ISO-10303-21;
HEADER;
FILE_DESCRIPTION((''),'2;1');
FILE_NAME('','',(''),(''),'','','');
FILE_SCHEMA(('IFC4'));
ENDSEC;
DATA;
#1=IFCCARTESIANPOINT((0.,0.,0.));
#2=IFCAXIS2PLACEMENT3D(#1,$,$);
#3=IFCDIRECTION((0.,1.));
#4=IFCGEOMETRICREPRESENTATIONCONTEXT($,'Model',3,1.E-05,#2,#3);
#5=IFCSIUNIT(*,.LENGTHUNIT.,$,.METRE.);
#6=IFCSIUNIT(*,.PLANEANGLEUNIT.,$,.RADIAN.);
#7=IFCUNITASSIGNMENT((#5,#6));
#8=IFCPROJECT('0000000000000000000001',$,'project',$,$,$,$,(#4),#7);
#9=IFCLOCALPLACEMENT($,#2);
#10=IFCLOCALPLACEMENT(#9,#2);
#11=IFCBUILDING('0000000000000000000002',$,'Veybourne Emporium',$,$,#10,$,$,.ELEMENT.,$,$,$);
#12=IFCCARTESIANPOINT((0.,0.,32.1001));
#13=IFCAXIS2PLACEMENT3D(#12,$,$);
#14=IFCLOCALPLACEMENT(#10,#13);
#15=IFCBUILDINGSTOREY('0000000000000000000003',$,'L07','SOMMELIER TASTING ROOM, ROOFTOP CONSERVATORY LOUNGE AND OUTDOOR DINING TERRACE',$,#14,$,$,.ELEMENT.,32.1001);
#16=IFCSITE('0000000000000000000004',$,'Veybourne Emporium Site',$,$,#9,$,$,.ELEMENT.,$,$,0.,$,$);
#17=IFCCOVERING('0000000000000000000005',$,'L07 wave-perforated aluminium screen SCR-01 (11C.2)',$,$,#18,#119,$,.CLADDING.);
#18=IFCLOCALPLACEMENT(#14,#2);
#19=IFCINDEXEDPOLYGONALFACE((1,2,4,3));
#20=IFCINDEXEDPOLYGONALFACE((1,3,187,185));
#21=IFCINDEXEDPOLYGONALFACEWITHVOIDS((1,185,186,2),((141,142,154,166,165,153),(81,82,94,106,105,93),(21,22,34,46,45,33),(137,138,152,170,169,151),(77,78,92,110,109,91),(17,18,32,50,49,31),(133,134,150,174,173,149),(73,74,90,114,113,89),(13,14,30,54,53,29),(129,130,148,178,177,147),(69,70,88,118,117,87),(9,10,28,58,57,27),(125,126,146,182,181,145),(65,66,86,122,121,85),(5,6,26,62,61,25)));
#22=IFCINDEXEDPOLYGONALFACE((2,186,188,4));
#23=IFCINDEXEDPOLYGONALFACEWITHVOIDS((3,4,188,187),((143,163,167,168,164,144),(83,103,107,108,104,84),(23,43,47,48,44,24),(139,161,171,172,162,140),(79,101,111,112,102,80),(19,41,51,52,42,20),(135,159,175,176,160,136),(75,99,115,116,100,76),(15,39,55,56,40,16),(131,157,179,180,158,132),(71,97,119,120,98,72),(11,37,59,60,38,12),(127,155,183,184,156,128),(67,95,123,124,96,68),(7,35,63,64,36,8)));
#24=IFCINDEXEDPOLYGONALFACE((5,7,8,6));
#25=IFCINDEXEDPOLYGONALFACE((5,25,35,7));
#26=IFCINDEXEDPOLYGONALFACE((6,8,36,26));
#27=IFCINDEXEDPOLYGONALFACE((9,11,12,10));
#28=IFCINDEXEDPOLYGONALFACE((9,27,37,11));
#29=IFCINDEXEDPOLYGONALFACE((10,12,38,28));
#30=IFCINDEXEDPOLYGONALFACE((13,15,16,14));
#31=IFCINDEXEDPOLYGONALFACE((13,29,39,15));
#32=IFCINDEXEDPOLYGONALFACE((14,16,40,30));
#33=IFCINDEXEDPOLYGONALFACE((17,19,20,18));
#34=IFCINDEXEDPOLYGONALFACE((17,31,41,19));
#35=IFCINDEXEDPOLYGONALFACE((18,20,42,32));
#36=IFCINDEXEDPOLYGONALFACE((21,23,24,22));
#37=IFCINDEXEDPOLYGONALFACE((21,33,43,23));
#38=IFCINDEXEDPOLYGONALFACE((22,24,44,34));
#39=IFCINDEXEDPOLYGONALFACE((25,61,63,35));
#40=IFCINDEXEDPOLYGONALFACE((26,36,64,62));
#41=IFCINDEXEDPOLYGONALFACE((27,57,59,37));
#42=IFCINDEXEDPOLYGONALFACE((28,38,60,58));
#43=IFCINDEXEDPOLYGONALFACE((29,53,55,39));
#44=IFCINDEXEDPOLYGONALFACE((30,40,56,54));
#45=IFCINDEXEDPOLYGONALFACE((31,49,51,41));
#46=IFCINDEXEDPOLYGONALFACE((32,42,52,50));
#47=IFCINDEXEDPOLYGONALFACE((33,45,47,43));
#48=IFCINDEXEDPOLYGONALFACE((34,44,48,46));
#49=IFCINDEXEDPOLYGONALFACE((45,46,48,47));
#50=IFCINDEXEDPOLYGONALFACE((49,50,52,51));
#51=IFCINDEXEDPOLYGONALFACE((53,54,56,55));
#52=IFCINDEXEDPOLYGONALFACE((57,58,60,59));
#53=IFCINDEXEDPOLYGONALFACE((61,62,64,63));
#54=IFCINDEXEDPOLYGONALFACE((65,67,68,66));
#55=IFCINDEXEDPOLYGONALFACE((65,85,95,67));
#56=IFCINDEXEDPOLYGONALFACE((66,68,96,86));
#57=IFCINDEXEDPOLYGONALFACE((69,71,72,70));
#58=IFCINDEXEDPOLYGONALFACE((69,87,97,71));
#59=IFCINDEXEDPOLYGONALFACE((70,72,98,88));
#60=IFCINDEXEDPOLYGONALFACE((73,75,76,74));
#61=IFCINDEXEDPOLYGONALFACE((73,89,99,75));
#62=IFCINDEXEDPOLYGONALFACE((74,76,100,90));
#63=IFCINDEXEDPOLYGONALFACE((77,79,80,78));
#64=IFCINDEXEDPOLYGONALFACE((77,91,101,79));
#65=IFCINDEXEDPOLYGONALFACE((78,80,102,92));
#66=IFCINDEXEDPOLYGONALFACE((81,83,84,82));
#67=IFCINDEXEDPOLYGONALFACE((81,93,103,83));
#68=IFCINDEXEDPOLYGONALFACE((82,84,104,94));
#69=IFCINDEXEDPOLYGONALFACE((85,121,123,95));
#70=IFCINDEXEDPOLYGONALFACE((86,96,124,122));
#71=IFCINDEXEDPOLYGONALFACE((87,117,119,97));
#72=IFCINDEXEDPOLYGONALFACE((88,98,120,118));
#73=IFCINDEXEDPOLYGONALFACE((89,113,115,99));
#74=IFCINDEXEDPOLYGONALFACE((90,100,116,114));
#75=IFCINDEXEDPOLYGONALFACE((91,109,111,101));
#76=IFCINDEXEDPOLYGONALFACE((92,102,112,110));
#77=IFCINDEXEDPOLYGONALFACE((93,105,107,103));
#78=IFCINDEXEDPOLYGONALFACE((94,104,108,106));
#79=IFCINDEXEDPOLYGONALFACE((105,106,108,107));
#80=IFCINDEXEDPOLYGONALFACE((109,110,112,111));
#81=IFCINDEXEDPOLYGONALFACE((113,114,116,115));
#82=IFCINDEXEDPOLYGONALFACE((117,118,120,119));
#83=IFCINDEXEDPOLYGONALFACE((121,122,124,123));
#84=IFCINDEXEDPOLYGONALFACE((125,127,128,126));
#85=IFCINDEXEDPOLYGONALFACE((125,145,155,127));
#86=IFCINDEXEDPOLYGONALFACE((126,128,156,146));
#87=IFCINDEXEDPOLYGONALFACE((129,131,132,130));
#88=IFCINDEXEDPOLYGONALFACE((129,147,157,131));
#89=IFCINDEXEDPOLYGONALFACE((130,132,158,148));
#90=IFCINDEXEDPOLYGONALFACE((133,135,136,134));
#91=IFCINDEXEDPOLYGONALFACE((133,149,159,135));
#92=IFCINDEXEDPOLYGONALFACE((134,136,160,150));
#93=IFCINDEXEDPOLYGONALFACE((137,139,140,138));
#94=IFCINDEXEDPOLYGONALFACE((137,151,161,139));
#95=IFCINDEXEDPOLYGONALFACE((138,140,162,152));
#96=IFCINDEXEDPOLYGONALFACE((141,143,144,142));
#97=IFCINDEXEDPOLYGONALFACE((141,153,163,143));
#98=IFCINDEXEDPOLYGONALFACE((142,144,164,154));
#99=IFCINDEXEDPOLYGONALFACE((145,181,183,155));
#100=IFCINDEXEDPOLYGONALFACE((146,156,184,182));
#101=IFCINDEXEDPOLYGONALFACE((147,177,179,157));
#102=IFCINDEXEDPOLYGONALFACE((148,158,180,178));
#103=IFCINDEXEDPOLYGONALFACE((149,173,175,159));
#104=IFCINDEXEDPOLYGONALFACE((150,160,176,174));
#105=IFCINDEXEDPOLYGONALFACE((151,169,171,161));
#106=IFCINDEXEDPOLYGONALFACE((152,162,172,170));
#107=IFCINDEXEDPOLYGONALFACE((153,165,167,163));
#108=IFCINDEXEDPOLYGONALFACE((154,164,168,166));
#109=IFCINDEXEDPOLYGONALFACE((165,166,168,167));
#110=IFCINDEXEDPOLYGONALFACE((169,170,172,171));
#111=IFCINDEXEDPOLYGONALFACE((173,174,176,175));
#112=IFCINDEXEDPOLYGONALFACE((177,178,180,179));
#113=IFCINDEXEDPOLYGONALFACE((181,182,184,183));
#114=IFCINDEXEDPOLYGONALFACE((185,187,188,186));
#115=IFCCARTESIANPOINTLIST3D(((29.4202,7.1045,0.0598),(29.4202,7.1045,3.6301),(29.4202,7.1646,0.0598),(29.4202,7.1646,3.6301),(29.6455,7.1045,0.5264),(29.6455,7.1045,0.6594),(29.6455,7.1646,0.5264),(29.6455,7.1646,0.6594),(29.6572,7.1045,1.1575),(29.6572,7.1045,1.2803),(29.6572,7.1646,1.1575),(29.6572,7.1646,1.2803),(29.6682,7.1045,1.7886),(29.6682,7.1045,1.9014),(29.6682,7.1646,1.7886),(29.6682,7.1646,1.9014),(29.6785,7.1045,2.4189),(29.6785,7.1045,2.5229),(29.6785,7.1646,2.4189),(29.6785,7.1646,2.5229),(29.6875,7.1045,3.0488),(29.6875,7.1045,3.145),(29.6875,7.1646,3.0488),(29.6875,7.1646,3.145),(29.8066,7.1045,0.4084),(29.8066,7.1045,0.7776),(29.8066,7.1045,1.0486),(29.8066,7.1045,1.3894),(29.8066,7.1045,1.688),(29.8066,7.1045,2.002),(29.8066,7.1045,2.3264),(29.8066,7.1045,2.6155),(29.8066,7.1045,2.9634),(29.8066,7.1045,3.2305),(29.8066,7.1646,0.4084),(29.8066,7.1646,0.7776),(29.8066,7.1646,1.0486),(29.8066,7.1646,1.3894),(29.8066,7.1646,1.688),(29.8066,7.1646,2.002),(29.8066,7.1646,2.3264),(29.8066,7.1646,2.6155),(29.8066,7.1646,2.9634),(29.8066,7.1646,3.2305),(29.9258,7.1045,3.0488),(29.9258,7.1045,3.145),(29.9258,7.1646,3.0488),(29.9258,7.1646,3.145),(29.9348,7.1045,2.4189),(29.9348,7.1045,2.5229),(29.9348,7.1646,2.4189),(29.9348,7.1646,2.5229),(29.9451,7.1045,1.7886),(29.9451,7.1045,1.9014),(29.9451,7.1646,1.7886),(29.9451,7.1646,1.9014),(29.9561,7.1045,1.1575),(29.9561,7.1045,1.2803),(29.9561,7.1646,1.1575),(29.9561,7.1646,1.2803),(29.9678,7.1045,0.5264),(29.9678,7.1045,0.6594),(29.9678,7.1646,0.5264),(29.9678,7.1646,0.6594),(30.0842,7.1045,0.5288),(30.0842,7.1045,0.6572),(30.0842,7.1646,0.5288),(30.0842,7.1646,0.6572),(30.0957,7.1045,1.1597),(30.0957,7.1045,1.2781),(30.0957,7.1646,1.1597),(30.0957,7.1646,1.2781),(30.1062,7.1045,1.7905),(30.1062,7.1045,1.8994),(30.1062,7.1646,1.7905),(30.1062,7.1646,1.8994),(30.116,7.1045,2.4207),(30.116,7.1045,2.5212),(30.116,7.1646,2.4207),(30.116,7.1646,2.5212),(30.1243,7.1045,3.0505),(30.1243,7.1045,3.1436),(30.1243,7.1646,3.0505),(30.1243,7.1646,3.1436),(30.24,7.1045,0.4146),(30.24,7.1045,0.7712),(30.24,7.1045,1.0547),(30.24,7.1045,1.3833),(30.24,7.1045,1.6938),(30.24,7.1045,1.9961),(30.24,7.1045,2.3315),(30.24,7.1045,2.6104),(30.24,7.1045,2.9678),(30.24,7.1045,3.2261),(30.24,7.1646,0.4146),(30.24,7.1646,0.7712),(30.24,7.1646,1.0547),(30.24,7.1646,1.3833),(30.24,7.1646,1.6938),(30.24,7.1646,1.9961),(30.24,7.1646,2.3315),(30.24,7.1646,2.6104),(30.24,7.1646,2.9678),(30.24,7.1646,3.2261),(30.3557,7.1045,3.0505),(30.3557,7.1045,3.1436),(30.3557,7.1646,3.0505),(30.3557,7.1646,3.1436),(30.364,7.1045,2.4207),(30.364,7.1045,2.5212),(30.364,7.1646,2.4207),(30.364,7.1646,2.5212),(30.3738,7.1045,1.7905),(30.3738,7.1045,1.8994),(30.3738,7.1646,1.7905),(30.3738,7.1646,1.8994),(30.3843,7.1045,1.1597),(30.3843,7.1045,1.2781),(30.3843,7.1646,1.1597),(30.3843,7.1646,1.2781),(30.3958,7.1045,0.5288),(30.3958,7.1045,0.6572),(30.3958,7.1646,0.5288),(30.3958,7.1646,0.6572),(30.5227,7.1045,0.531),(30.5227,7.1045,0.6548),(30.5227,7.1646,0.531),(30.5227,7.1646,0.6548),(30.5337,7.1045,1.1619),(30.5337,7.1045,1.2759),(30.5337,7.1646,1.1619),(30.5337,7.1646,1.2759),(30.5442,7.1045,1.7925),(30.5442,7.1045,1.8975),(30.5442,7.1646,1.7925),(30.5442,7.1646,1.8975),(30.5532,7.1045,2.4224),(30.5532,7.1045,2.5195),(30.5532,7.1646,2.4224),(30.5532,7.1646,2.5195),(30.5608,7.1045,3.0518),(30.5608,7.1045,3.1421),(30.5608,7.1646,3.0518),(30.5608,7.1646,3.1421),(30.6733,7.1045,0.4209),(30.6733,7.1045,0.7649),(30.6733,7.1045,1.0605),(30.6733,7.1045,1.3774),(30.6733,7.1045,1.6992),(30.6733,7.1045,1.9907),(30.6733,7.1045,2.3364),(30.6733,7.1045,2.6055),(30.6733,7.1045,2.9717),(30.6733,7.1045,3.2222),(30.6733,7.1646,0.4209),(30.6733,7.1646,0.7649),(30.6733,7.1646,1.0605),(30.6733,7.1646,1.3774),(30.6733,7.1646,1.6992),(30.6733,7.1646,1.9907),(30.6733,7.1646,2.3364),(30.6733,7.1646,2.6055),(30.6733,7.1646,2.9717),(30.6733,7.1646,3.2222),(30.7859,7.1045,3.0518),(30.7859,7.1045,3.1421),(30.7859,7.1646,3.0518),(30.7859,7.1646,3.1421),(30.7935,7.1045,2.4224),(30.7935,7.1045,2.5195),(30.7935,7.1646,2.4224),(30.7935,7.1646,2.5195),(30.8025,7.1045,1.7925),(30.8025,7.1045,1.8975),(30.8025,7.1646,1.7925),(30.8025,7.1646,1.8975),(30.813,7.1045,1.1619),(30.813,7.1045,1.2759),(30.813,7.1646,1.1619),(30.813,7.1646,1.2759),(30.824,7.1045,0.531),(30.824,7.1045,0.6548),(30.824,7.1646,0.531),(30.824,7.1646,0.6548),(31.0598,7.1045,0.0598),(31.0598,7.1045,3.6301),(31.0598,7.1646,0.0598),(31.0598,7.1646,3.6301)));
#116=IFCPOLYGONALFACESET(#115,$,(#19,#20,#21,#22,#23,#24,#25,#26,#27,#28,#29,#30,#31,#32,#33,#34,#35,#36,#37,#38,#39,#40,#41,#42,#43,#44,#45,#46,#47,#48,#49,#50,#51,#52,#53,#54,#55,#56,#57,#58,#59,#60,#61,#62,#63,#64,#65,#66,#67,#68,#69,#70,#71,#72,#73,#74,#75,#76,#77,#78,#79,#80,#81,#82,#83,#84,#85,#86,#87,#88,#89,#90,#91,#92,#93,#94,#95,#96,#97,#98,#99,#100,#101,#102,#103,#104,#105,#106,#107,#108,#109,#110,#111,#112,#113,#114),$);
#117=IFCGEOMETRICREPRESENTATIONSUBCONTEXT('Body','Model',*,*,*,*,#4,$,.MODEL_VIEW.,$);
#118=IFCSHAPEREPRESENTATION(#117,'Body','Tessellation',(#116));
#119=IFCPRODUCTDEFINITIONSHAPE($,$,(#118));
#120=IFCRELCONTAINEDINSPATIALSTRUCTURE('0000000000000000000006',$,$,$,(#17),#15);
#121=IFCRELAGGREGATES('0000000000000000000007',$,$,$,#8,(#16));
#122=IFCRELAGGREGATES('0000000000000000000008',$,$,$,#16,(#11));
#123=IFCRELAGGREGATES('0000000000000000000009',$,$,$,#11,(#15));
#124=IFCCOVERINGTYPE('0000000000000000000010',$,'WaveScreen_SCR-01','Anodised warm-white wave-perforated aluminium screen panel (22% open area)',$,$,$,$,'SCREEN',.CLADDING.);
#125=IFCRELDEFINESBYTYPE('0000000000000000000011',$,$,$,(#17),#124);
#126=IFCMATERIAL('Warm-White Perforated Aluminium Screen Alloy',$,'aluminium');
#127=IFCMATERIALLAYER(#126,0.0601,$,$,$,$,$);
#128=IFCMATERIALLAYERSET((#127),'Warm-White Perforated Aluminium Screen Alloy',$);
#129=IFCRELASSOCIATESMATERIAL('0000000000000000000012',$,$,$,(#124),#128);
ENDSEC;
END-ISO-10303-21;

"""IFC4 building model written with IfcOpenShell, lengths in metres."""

from ifc_helpers import new_model, si_unit, direction, frame, origin, place, context, subcontext, project, spatial, polyline, outline, extrude, material, layer, layer_set, type_object, element, save


model = new_model("IFC4")

# Units and contexts
model_context = context("Model", 3, precision=1e-05, world=origin(), true_north=direction((0.0, 1.0)))
body_context = subcontext(model_context, "Body", "Model", "MODEL_VIEW")
ifc_project = project(units=[si_unit("LENGTHUNIT", "METRE"), si_unit("PLANEANGLEUNIT", "RADIAN")], contexts=[model_context])

# Site, building, storey
site_placement = place(None, origin())
site = spatial("IfcSite", under=ifc_project, at=site_placement, Name="Veybourne Emporium Site", CompositionType="ELEMENT", RefElevation=0.0)
building_placement = place(site_placement, origin())
building = spatial("IfcBuilding", under=site, at=building_placement, Name="Veybourne Emporium", CompositionType="ELEMENT")
storey_placement = place(building_placement, frame((0.0, 0.0, 32.1001)))
storey = spatial("IfcBuildingStorey", under=building, at=storey_placement, Name="L07", Description="SOMMELIER TASTING ROOM, ROOFTOP CONSERVATORY LOUNGE AND OUTDOOR DINING TERRACE", CompositionType="ELEMENT", Elevation=32.1001)

# Covering
ifc_material_1 = material(Name="Warm-White Perforated Aluminium Screen Alloy", Category="aluminium")
ifc_layer_1 = layer(ifc_material_1, 0.0601)
ifc_layer_set_1 = layer_set([ifc_layer_1], Name="Warm-White Perforated Aluminium Screen Alloy")
covering_type_1 = type_object("IfcCoveringType", Name="WaveScreen_SCR-01", Description="Anodised warm-white wave-perforated aluminium screen panel (22% open area)", ElementType="SCREEN", PredefinedType="CLADDING", material=ifc_layer_set_1)
covering_1_placement = place(storey_placement, frame((30.24, 7.1045, 1.845), z_axis=(0.0, 1.0, 0.0), x_axis=(-1.0, 0.0, 0.0)))
element("IfcCovering", 1, at=covering_1_placement, inside=storey, type_object=covering_type_1, Name="L07 wave-perforated aluminium screen SCR-01 (11C.2)", PredefinedType="CLADDING", context=body_context, shape_type="SweptSolid", body=[
    extrude(outline(polyline([(-0.8198, -1.7852), (0.8198, -1.7852), (0.8198, 1.7852), (-0.8198, 1.7852), (-0.8198, -1.7852)]), holes=[polyline([(-0.4333, -1.0801), (-0.2827, -1.1902), (-0.2827, -1.314), (-0.4333, -1.4241), (-0.584, -1.314), (-0.584, -1.1902), (-0.4333, -1.0801)]), polyline([(-0.4333, -0.4675), (-0.2937, -0.5691), (-0.2937, -0.6831), (-0.4333, -0.7844), (-0.573, -0.6831), (-0.573, -0.5691), (-0.4333, -0.4675)]), polyline([(-0.4333, 0.1458), (-0.3042, 0.0525), (-0.3042, -0.0525), (-0.4333, -0.1458), (-0.5625, -0.0525), (-0.5625, 0.0525), (-0.4333, 0.1458)]), polyline([(-0.4333, 0.7605), (-0.3132, 0.6746), (-0.3132, 0.5774), (-0.4333, 0.4915), (-0.5535, 0.5774), (-0.5535, 0.6746), (-0.4333, 0.7605)]), polyline([(-0.4333, 1.3772), (-0.3208, 1.2971), (-0.3208, 1.2068), (-0.4333, 1.1267), (-0.5459, 1.2068), (-0.5459, 1.2971), (-0.4333, 1.3772)]), polyline([(0.0, -1.0737), (0.1558, -1.1877), (0.1558, -1.3162), (0.0, -1.4304), (-0.1558, -1.3162), (-0.1558, -1.1877), (0.0, -1.0737)]), polyline([(0.0, -0.4617), (0.1443, -0.5669), (0.1443, -0.6853), (0.0, -0.7903), (-0.1443, -0.6853), (-0.1443, -0.5669), (0.0, -0.4617)]), polyline([(0.0, 0.1511), (0.1338, 0.0544), (0.1338, -0.0544), (0.0, -0.1511), (-0.1338, -0.0544), (-0.1338, 0.0544), (0.0, 0.1511)]), polyline([(0.0, 0.7654), (0.124, 0.6763), (0.124, 0.5757), (0.0, 0.4866), (-0.124, 0.5757), (-0.124, 0.6763), (0.0, 0.7654)]), polyline([(0.0, 1.3811), (0.1157, 1.2986), (0.1157, 1.2056), (0.0, 1.1228), (-0.1157, 1.2056), (-0.1157, 1.2986), (0.0, 1.3811)]), polyline([(0.4333, -1.0674), (0.5945, -1.1855), (0.5945, -1.3186), (0.4333, -1.4365), (0.2722, -1.3186), (0.2722, -1.1855), (0.4333, -1.0674)]), polyline([(0.4333, -0.4556), (0.5828, -0.5647), (0.5828, -0.6875), (0.4333, -0.7964), (0.2839, -0.6875), (0.2839, -0.5647), (0.4333, -0.4556)]), polyline([(0.4333, 0.157), (0.5718, 0.0564), (0.5718, -0.0564), (0.4333, -0.157), (0.2949, -0.0564), (0.2949, 0.0564), (0.4333, 0.157)]), polyline([(0.4333, 0.7705), (0.5615, 0.678), (0.5615, 0.574), (0.4333, 0.4814), (0.3052, 0.574), (0.3052, 0.678), (0.4333, 0.7705)]), polyline([(0.4333, 1.3855), (0.5525, 1.3), (0.5525, 1.2039), (0.4333, 1.1184), (0.3142, 1.2039), (0.3142, 1.3), (0.4333, 1.3855)])]), origin(), (0.0, 0.0, 1.0), 0.0601),
])

save(model, "model.ifc")
